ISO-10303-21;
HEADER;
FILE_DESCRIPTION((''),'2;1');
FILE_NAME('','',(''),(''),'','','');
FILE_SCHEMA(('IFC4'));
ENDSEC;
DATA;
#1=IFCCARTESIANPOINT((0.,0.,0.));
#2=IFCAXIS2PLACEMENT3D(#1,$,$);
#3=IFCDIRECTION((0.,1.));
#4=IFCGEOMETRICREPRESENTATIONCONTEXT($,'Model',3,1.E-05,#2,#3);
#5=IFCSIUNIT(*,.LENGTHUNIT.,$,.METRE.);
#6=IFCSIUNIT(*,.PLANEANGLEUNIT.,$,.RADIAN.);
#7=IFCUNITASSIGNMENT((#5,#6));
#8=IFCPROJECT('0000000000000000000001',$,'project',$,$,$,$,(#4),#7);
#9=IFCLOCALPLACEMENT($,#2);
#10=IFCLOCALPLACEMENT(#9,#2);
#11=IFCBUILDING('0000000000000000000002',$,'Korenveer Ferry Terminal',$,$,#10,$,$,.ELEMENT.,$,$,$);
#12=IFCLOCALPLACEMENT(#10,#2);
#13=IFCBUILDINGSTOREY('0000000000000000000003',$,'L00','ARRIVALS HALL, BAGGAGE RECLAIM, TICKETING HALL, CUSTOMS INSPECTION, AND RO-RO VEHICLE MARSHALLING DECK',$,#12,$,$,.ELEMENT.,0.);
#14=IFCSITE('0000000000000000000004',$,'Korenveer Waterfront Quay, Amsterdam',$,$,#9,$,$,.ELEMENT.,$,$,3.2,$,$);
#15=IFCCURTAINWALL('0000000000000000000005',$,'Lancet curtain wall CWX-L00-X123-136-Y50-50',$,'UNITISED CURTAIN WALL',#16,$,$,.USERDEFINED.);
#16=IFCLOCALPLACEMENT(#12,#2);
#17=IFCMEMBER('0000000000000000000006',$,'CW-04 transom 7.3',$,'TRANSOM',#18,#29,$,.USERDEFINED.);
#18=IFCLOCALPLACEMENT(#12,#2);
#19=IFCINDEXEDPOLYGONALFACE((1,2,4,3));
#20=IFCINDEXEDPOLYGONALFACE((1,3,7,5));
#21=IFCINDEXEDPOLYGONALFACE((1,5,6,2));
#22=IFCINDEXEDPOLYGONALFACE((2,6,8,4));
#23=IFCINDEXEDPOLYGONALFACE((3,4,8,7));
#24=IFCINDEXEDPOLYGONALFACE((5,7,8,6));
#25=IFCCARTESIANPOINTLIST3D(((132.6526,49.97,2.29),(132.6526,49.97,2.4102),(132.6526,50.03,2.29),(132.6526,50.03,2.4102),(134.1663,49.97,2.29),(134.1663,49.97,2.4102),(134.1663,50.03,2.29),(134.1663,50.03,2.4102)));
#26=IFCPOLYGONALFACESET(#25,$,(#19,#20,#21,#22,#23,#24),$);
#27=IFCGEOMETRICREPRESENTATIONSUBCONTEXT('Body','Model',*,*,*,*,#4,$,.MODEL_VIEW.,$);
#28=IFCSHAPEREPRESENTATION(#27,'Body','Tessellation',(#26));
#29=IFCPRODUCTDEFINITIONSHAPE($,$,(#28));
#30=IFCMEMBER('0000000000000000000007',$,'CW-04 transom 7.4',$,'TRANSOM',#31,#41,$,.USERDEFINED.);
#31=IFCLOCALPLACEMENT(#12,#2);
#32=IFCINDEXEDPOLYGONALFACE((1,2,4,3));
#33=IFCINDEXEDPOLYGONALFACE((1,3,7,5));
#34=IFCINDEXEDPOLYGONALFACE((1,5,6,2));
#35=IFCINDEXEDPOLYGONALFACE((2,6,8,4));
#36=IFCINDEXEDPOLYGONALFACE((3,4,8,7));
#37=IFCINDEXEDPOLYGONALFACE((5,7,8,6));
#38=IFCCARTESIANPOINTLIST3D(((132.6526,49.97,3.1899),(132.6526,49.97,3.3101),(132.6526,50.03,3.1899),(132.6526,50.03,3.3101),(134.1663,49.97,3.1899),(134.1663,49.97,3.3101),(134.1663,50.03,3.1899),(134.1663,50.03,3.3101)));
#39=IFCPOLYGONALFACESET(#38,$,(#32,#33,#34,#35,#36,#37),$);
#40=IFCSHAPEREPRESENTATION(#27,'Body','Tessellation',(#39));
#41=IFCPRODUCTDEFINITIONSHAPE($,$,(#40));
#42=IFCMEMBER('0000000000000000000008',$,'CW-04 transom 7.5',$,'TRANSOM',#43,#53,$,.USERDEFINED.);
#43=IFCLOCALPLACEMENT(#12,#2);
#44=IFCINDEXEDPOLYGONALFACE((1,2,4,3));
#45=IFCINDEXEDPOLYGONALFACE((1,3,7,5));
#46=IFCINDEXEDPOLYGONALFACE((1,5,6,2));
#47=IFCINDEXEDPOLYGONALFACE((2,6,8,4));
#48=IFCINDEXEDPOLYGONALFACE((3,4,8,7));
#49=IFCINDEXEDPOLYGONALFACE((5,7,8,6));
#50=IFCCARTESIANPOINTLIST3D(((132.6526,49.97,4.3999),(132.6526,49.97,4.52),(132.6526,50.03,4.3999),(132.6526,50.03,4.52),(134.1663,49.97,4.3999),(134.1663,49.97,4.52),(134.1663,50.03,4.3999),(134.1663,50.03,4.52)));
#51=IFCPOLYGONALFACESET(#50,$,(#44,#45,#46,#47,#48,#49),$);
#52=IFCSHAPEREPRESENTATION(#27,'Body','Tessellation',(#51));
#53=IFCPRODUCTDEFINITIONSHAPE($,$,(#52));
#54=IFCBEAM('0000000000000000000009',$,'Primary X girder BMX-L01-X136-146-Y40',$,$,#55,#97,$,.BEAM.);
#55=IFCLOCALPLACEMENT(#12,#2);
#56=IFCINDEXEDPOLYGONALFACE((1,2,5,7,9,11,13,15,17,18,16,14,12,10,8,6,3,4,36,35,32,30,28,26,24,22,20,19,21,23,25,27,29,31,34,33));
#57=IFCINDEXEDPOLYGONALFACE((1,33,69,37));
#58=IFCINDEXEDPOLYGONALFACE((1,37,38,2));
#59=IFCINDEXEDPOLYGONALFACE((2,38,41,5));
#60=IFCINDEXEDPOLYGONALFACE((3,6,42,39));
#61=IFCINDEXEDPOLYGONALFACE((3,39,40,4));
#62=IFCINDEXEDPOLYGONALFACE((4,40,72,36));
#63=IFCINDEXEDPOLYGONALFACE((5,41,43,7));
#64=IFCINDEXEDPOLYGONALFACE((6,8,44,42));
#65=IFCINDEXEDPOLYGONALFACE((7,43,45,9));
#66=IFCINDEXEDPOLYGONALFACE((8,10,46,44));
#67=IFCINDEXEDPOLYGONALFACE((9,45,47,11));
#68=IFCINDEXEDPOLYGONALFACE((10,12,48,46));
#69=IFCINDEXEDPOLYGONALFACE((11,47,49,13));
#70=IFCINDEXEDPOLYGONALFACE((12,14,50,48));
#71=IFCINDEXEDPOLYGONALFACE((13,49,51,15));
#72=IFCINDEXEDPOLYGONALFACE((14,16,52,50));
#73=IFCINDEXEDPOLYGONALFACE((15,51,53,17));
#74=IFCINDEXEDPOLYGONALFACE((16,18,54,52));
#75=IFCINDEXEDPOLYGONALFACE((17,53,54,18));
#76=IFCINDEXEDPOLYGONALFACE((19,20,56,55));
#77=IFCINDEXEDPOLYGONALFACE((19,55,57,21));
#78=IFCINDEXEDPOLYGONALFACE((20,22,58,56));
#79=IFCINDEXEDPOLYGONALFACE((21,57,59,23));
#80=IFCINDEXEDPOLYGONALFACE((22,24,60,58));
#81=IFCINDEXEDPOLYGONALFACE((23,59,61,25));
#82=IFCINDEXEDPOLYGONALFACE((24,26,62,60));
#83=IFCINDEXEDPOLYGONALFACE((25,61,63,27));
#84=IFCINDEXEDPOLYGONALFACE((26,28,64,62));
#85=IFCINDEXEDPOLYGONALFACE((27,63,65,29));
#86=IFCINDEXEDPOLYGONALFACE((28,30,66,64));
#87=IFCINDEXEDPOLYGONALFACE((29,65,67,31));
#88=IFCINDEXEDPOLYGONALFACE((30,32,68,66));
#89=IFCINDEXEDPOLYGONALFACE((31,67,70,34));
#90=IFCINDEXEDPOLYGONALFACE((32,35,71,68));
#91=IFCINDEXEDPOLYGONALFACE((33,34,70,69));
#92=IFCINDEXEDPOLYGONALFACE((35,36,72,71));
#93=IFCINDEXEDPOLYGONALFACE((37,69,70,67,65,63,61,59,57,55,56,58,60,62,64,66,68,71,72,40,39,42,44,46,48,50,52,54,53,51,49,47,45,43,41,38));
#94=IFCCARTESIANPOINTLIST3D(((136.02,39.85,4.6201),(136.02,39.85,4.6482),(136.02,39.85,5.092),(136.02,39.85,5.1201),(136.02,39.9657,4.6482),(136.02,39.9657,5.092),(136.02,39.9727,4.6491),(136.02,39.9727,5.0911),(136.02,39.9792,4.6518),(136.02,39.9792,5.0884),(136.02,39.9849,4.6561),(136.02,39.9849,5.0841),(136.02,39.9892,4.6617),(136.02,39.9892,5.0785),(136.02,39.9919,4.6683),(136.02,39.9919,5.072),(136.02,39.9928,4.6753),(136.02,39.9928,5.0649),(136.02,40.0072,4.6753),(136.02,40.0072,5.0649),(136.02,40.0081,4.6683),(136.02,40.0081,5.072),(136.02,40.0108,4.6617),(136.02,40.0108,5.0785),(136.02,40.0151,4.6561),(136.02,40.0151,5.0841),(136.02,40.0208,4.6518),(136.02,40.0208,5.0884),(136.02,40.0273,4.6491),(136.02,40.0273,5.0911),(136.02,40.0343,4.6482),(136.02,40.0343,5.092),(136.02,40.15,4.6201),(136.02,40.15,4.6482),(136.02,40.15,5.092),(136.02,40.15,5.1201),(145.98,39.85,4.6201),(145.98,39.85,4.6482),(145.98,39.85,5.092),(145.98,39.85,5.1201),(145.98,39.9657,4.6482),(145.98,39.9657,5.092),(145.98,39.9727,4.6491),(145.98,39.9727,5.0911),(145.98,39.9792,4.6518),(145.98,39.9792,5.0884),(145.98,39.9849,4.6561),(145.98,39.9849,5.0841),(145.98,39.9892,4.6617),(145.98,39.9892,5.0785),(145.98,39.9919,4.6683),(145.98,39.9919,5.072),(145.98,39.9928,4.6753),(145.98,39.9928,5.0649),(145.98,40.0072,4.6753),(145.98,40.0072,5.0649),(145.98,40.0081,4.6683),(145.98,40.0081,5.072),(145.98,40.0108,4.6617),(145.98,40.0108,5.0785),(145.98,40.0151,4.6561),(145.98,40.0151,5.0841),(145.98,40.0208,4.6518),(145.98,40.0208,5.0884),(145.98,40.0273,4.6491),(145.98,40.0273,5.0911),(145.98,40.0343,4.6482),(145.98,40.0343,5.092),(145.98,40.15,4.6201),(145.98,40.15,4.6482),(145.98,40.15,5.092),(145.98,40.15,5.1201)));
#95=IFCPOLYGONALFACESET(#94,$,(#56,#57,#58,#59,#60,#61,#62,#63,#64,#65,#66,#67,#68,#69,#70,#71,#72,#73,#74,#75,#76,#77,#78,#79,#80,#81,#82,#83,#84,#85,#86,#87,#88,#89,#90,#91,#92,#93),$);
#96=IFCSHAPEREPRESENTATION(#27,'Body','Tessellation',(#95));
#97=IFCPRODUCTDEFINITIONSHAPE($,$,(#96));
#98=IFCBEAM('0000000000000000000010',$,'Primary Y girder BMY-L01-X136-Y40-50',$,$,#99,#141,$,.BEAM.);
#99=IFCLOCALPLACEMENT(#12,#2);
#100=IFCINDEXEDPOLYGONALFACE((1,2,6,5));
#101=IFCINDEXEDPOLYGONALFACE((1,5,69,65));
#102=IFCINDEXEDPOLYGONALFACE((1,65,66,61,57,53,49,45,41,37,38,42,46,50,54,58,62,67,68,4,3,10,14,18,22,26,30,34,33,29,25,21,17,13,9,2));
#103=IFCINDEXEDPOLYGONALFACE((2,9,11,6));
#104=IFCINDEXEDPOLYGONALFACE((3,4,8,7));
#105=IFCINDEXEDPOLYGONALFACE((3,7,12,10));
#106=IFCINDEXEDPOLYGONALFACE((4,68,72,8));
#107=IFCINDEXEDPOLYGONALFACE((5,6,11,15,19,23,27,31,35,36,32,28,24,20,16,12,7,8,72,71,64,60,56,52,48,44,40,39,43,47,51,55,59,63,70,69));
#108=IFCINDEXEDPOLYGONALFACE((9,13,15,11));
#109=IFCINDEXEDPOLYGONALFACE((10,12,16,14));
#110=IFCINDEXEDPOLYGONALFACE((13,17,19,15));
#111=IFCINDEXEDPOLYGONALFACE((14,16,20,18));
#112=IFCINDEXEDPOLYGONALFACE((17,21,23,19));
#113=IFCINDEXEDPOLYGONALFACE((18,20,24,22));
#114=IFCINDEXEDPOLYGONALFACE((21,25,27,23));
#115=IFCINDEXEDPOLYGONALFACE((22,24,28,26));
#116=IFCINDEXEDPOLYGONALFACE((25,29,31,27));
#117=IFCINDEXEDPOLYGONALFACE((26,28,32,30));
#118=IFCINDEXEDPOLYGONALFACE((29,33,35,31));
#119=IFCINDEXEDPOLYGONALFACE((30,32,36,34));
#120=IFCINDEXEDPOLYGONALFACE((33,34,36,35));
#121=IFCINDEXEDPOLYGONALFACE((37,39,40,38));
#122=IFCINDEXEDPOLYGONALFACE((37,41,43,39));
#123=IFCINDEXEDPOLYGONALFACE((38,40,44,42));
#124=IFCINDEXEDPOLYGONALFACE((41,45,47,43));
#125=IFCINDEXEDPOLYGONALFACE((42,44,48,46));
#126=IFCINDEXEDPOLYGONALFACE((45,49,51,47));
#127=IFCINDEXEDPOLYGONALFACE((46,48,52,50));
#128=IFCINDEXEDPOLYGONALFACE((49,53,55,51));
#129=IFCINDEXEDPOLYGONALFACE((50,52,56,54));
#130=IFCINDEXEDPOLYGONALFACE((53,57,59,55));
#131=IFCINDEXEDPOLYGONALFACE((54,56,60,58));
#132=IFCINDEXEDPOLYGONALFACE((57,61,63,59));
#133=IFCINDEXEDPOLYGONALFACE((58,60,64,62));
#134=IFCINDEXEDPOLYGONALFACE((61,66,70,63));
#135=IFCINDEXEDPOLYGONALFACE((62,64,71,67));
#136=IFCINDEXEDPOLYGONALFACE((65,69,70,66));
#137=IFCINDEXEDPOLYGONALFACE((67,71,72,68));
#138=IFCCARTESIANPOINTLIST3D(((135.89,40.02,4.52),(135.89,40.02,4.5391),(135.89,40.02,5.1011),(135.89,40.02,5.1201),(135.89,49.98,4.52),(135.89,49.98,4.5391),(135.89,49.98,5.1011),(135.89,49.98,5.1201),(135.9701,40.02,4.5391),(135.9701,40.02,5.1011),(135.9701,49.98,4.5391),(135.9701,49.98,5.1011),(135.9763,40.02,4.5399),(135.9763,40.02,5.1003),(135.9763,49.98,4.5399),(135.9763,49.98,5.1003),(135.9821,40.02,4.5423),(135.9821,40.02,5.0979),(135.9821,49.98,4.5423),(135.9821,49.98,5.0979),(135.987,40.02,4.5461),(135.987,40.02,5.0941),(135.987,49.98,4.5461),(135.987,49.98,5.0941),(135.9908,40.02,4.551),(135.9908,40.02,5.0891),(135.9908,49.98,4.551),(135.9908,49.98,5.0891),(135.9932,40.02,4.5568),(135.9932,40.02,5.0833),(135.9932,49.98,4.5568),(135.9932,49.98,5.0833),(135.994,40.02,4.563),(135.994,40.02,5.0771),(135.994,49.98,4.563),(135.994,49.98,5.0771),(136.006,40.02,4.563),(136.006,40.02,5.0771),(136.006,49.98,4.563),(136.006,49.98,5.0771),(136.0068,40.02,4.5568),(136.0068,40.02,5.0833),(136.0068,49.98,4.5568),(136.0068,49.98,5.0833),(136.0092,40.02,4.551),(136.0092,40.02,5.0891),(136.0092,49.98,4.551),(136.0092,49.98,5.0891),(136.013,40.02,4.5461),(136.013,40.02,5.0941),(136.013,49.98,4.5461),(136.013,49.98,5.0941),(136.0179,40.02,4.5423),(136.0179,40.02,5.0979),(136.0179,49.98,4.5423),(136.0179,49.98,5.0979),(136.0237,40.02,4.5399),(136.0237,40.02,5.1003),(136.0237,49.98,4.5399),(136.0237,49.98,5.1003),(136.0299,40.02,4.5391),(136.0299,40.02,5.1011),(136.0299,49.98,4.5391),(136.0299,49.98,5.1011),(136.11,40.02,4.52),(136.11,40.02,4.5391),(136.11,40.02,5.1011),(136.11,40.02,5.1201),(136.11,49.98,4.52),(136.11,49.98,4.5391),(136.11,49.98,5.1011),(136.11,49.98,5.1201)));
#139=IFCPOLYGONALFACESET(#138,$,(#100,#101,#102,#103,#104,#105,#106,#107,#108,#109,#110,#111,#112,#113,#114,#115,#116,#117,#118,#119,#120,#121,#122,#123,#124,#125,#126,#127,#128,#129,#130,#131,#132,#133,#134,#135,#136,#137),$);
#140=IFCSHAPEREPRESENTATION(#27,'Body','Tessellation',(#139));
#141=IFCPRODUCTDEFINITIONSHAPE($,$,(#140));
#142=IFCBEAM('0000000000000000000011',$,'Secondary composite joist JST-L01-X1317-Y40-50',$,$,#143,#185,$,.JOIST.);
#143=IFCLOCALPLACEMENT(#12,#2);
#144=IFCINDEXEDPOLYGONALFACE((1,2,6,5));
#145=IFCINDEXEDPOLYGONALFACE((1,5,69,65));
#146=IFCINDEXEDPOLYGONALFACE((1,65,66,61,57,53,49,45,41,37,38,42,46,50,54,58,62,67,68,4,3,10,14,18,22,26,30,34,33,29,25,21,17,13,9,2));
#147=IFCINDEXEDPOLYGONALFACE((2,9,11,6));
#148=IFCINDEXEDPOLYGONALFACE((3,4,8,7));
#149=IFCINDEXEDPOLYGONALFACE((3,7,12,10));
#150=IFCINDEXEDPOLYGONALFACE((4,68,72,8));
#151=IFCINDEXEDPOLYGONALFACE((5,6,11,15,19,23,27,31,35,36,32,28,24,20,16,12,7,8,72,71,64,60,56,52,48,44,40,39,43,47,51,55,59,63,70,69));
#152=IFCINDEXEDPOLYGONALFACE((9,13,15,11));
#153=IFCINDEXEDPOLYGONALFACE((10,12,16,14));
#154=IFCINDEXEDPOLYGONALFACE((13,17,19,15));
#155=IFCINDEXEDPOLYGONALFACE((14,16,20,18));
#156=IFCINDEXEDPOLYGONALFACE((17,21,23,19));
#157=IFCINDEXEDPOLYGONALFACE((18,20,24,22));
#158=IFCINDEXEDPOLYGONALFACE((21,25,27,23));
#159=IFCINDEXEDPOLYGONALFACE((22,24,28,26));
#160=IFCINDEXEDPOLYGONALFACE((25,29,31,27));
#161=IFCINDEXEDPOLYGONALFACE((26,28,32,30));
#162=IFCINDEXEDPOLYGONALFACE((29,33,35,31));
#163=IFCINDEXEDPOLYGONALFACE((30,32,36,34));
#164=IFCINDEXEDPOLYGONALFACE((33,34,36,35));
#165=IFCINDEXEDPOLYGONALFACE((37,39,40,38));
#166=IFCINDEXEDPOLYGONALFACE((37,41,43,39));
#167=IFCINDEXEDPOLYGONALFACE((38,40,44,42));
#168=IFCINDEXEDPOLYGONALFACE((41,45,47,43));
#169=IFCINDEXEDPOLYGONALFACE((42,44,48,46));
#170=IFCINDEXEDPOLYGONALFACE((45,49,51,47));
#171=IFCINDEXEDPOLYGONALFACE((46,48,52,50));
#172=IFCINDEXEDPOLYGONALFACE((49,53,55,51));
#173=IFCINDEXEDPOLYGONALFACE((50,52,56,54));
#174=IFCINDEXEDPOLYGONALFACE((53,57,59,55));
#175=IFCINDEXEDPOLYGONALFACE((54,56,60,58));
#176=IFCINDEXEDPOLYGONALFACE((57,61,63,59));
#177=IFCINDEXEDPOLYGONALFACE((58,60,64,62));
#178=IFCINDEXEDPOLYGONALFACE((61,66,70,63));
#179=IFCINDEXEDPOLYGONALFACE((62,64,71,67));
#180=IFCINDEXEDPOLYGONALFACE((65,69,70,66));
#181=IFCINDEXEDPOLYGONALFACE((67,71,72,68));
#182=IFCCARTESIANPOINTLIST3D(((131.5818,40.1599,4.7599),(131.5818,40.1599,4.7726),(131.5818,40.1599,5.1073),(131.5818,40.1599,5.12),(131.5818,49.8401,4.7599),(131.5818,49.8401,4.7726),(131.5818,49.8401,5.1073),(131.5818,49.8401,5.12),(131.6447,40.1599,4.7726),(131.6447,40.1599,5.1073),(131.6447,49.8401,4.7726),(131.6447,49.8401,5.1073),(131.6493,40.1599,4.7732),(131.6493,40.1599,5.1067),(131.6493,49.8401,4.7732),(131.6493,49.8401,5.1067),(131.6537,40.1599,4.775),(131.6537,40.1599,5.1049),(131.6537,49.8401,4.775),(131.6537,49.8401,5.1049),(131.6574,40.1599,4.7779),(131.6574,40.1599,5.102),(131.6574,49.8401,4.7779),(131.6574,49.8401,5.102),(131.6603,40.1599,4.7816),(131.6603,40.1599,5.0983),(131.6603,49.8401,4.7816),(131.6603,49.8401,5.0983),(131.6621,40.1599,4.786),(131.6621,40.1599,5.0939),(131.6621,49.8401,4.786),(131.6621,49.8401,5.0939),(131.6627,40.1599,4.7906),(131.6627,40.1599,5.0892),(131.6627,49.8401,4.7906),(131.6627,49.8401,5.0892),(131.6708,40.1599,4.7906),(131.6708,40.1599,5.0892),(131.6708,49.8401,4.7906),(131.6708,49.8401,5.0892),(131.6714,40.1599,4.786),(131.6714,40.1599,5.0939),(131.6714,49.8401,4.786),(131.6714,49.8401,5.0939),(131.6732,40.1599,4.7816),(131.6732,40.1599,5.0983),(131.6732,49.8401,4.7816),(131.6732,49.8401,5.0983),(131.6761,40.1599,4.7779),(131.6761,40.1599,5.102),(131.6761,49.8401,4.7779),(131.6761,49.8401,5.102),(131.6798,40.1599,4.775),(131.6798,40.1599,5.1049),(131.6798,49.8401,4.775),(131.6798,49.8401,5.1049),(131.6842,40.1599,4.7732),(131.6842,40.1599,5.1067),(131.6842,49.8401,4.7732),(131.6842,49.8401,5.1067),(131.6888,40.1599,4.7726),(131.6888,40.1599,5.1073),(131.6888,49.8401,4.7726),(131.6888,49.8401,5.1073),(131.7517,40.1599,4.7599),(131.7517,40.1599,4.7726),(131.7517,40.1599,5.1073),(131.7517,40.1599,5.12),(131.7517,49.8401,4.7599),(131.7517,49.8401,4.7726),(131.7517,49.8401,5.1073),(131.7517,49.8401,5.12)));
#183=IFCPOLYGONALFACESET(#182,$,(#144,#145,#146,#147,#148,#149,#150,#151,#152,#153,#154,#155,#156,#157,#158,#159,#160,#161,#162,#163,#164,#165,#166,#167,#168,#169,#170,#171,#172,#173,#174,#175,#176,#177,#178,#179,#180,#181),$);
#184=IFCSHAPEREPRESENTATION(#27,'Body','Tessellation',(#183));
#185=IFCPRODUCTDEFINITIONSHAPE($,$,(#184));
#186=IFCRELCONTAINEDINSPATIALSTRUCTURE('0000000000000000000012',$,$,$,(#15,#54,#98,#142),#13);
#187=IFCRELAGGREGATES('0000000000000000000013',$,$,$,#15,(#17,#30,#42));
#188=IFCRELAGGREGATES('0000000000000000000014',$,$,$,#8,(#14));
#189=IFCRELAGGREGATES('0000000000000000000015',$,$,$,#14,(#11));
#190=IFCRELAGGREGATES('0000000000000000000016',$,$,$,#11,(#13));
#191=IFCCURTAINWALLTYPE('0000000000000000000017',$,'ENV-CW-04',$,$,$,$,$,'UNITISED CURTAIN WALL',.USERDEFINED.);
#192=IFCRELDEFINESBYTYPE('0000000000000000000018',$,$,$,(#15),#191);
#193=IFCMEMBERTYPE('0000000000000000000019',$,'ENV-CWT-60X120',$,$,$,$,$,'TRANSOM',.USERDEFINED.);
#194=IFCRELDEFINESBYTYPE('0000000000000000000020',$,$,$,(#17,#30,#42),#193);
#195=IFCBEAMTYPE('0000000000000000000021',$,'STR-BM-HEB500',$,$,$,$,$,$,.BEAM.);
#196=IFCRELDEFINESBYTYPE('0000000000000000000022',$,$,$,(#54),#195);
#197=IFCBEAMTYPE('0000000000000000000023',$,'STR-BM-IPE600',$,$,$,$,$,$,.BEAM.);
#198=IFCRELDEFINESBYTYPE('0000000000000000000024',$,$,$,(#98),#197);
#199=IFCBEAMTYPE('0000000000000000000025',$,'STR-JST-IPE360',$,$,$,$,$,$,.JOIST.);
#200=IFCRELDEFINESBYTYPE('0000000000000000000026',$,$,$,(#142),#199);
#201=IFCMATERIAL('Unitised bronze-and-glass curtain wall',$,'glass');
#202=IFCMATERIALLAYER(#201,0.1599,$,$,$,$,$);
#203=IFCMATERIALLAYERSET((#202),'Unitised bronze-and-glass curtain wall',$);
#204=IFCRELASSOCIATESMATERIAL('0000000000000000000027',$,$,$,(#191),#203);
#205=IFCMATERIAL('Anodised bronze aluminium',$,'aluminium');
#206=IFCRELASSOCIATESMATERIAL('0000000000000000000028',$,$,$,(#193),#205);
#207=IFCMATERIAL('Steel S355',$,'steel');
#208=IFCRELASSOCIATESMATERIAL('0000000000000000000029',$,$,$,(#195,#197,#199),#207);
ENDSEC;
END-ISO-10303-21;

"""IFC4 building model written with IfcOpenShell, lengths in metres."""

from ifc_helpers import new_model, si_unit, direction, frame, origin, origin_2d, place, context, subcontext, project, spatial, rectangle, i_section, extrude, material, layer, layer_set, material_profile, profile_set, type_object, element, aggregate, save


model = new_model("IFC4")

# Units and contexts
model_context = context("Model", 3, precision=1e-05, world=origin(), true_north=direction((0.0, 1.0)))
body_context = subcontext(model_context, "Body", "Model", "MODEL_VIEW")
ifc_project = project(units=[si_unit("LENGTHUNIT", "METRE"), si_unit("PLANEANGLEUNIT", "RADIAN")], contexts=[model_context])

# Site, building, storey
site_placement = place(None, origin())
site = spatial("IfcSite", under=ifc_project, at=site_placement, Name="Korenveer Waterfront Quay, Amsterdam", CompositionType="ELEMENT", RefElevation=3.2)
building_placement = place(site_placement, origin())
building = spatial("IfcBuilding", under=site, at=building_placement, Name="Korenveer Ferry Terminal", CompositionType="ELEMENT")
storey_placement = place(building_placement, origin())
storey = spatial("IfcBuildingStorey", under=building, at=storey_placement, Name="L00", Description="ARRIVALS HALL, BAGGAGE RECLAIM, TICKETING HALL, CUSTOMS INSPECTION, AND RO-RO VEHICLE MARSHALLING DECK", CompositionType="ELEMENT", Elevation=0.0)

# Curtain wall, members
ifc_material_1 = material(Name="Unitised bronze-and-glass curtain wall", Category="glass")
ifc_layer_1 = layer(ifc_material_1, 0.1599)
ifc_layer_set_1 = layer_set([ifc_layer_1], Name="Unitised bronze-and-glass curtain wall")
curtain_wall_type = type_object("IfcCurtainWallType", Name="ENV-CW-04", ElementType="UNITISED CURTAIN WALL", PredefinedType="USERDEFINED", material=ifc_layer_set_1)
curtain_wall_placement = place(storey_placement, frame((123.1799, 50.0, 0.0)))
curtain_wall = element("IfcCurtainWall", 1, at=curtain_wall_placement, inside=storey, type_object=curtain_wall_type, Name="Lancet curtain wall CWX-L00-X123-136-Y50-50", ObjectType="UNITISED CURTAIN WALL", PredefinedType="USERDEFINED")
ifc_material_2 = material(Name="Anodised bronze aluminium", Category="aluminium")
ifc_material_profile_1 = material_profile(ifc_material_2, rectangle(XDim=0.0601, YDim=0.1201, at=origin_2d()), Name="ALU 60x120")
ifc_profile_set_1 = profile_set([ifc_material_profile_1], Name="Anodised bronze aluminium")
member_type_1 = type_object("IfcMemberType", Name="ENV-CWT-60X120", ElementType="TRANSOM", PredefinedType="USERDEFINED", material=ifc_profile_set_1)
member_1_placement = place(storey_placement, frame((132.6526, 50.0, 2.3501), z_axis=(1.0, 0.0, 0.0), x_axis=(0.0, 1.0, 0.0)))
member_1 = element("IfcMember", 2, at=member_1_placement, type_object=member_type_1, Name="CW-04 transom 7.3", ObjectType="TRANSOM", PredefinedType="USERDEFINED", context=body_context, shape_type="SweptSolid", body=[
    extrude(rectangle(XDim=0.0601, YDim=0.1201, at=origin_2d()), origin(), (0.0, 0.0, 1.0), 1.5137),
])
member_2_placement = place(storey_placement, frame((132.6526, 50.0, 3.25), z_axis=(1.0, 0.0, 0.0), x_axis=(0.0, 1.0, 0.0)))
member_2 = element("IfcMember", 3, at=member_2_placement, type_object=member_type_1, Name="CW-04 transom 7.4", ObjectType="TRANSOM", PredefinedType="USERDEFINED", context=body_context, shape_type="SweptSolid", body=[
    extrude(rectangle(XDim=0.0601, YDim=0.1201, at=origin_2d()), origin(), (0.0, 0.0, 1.0), 1.5137),
])
member_3_placement = place(storey_placement, frame((132.6526, 50.0, 4.46), z_axis=(1.0, 0.0, 0.0), x_axis=(0.0, 1.0, 0.0)))
member_3 = element("IfcMember", 4, at=member_3_placement, type_object=member_type_1, Name="CW-04 transom 7.5", ObjectType="TRANSOM", PredefinedType="USERDEFINED", context=body_context, shape_type="SweptSolid", body=[
    extrude(rectangle(XDim=0.0601, YDim=0.1201, at=origin_2d()), origin(), (0.0, 0.0, 1.0), 1.5137),
])

# Beams
ifc_material_3 = material(Name="Steel S355", Category="steel")
ifc_material_profile_2 = material_profile(ifc_material_3, i_section(OverallWidth=0.3, OverallDepth=0.5, WebThickness=0.0144, FlangeThickness=0.0281, FilletRadius=0.0271, at=origin_2d()), Name="HEB 500")
ifc_profile_set_2 = profile_set([ifc_material_profile_2], Name="Steel S355")
beam_type_1 = type_object("IfcBeamType", Name="STR-BM-HEB500", PredefinedType="BEAM", material=ifc_profile_set_2)
beam_1_placement = place(storey_placement, frame((136.02, 40.0, 4.8701), z_axis=(1.0, 0.0, 0.0), x_axis=(0.0, 1.0, 0.0)))
element("IfcBeam", 5, at=beam_1_placement, inside=storey, type_object=beam_type_1, Name="Primary X girder BMX-L01-X136-146-Y40", PredefinedType="BEAM", context=body_context, shape_type="SweptSolid", body=[
    extrude(i_section(OverallWidth=0.3, OverallDepth=0.5, WebThickness=0.0144, FlangeThickness=0.0281, FilletRadius=0.0271, at=origin_2d()), origin(), (0.0, 0.0, 1.0), 9.96),
])
ifc_material_profile_3 = material_profile(ifc_material_3, i_section(OverallWidth=0.22, OverallDepth=0.6001, WebThickness=0.012, FlangeThickness=0.019, FilletRadius=0.0239, at=origin_2d()), Name="IPE 600")
ifc_profile_set_3 = profile_set([ifc_material_profile_3], Name="Steel S355")
beam_type_2 = type_object("IfcBeamType", Name="STR-BM-IPE600", PredefinedType="BEAM", material=ifc_profile_set_3)
beam_2_placement = place(storey_placement, frame((136.0, 40.02, 4.8201), z_axis=(0.0, 1.0, 0.0), x_axis=(-1.0, 0.0, 0.0)))
element("IfcBeam", 6, at=beam_2_placement, inside=storey, type_object=beam_type_2, Name="Primary Y girder BMY-L01-X136-Y40-50", PredefinedType="BEAM", context=body_context, shape_type="SweptSolid", body=[
    extrude(i_section(OverallWidth=0.22, OverallDepth=0.6001, WebThickness=0.012, FlangeThickness=0.019, FilletRadius=0.0239, at=origin_2d()), origin(), (0.0, 0.0, 1.0), 9.96),
])
ifc_material_profile_4 = material_profile(ifc_material_3, i_section(OverallWidth=0.1699, OverallDepth=0.3601, WebThickness=0.0081, FlangeThickness=0.0127, FilletRadius=0.0181, at=origin_2d()), Name="IPE 360")
ifc_profile_set_4 = profile_set([ifc_material_profile_4], Name="Steel S355")
beam_type_3 = type_object("IfcBeamType", Name="STR-JST-IPE360", PredefinedType="JOIST", material=ifc_profile_set_4)
for number, where, z_axis, x_axis, name in (
    (7, (131.6667, 40.1599, 4.9399), (0.0, 1.0, 0.0), (-1.0, 0.0, 0.0), "Secondary composite joist JST-L01-X1317-Y40-50"),
):
    element("IfcBeam", number, at=place(storey_placement, frame(where, z_axis=z_axis, x_axis=x_axis)), inside=storey, type_object=beam_type_3, Name=name, PredefinedType="JOIST", context=body_context, shape_type="SweptSolid", body=[
        extrude(i_section(OverallWidth=0.1699, OverallDepth=0.3601, WebThickness=0.0081, FlangeThickness=0.0127, FilletRadius=0.0181, at=origin_2d()), origin(), (0.0, 0.0, 1.0), 9.6802),
    ])

aggregate(curtain_wall, [member_1, member_2, member_3])

save(model, "model.ifc")
